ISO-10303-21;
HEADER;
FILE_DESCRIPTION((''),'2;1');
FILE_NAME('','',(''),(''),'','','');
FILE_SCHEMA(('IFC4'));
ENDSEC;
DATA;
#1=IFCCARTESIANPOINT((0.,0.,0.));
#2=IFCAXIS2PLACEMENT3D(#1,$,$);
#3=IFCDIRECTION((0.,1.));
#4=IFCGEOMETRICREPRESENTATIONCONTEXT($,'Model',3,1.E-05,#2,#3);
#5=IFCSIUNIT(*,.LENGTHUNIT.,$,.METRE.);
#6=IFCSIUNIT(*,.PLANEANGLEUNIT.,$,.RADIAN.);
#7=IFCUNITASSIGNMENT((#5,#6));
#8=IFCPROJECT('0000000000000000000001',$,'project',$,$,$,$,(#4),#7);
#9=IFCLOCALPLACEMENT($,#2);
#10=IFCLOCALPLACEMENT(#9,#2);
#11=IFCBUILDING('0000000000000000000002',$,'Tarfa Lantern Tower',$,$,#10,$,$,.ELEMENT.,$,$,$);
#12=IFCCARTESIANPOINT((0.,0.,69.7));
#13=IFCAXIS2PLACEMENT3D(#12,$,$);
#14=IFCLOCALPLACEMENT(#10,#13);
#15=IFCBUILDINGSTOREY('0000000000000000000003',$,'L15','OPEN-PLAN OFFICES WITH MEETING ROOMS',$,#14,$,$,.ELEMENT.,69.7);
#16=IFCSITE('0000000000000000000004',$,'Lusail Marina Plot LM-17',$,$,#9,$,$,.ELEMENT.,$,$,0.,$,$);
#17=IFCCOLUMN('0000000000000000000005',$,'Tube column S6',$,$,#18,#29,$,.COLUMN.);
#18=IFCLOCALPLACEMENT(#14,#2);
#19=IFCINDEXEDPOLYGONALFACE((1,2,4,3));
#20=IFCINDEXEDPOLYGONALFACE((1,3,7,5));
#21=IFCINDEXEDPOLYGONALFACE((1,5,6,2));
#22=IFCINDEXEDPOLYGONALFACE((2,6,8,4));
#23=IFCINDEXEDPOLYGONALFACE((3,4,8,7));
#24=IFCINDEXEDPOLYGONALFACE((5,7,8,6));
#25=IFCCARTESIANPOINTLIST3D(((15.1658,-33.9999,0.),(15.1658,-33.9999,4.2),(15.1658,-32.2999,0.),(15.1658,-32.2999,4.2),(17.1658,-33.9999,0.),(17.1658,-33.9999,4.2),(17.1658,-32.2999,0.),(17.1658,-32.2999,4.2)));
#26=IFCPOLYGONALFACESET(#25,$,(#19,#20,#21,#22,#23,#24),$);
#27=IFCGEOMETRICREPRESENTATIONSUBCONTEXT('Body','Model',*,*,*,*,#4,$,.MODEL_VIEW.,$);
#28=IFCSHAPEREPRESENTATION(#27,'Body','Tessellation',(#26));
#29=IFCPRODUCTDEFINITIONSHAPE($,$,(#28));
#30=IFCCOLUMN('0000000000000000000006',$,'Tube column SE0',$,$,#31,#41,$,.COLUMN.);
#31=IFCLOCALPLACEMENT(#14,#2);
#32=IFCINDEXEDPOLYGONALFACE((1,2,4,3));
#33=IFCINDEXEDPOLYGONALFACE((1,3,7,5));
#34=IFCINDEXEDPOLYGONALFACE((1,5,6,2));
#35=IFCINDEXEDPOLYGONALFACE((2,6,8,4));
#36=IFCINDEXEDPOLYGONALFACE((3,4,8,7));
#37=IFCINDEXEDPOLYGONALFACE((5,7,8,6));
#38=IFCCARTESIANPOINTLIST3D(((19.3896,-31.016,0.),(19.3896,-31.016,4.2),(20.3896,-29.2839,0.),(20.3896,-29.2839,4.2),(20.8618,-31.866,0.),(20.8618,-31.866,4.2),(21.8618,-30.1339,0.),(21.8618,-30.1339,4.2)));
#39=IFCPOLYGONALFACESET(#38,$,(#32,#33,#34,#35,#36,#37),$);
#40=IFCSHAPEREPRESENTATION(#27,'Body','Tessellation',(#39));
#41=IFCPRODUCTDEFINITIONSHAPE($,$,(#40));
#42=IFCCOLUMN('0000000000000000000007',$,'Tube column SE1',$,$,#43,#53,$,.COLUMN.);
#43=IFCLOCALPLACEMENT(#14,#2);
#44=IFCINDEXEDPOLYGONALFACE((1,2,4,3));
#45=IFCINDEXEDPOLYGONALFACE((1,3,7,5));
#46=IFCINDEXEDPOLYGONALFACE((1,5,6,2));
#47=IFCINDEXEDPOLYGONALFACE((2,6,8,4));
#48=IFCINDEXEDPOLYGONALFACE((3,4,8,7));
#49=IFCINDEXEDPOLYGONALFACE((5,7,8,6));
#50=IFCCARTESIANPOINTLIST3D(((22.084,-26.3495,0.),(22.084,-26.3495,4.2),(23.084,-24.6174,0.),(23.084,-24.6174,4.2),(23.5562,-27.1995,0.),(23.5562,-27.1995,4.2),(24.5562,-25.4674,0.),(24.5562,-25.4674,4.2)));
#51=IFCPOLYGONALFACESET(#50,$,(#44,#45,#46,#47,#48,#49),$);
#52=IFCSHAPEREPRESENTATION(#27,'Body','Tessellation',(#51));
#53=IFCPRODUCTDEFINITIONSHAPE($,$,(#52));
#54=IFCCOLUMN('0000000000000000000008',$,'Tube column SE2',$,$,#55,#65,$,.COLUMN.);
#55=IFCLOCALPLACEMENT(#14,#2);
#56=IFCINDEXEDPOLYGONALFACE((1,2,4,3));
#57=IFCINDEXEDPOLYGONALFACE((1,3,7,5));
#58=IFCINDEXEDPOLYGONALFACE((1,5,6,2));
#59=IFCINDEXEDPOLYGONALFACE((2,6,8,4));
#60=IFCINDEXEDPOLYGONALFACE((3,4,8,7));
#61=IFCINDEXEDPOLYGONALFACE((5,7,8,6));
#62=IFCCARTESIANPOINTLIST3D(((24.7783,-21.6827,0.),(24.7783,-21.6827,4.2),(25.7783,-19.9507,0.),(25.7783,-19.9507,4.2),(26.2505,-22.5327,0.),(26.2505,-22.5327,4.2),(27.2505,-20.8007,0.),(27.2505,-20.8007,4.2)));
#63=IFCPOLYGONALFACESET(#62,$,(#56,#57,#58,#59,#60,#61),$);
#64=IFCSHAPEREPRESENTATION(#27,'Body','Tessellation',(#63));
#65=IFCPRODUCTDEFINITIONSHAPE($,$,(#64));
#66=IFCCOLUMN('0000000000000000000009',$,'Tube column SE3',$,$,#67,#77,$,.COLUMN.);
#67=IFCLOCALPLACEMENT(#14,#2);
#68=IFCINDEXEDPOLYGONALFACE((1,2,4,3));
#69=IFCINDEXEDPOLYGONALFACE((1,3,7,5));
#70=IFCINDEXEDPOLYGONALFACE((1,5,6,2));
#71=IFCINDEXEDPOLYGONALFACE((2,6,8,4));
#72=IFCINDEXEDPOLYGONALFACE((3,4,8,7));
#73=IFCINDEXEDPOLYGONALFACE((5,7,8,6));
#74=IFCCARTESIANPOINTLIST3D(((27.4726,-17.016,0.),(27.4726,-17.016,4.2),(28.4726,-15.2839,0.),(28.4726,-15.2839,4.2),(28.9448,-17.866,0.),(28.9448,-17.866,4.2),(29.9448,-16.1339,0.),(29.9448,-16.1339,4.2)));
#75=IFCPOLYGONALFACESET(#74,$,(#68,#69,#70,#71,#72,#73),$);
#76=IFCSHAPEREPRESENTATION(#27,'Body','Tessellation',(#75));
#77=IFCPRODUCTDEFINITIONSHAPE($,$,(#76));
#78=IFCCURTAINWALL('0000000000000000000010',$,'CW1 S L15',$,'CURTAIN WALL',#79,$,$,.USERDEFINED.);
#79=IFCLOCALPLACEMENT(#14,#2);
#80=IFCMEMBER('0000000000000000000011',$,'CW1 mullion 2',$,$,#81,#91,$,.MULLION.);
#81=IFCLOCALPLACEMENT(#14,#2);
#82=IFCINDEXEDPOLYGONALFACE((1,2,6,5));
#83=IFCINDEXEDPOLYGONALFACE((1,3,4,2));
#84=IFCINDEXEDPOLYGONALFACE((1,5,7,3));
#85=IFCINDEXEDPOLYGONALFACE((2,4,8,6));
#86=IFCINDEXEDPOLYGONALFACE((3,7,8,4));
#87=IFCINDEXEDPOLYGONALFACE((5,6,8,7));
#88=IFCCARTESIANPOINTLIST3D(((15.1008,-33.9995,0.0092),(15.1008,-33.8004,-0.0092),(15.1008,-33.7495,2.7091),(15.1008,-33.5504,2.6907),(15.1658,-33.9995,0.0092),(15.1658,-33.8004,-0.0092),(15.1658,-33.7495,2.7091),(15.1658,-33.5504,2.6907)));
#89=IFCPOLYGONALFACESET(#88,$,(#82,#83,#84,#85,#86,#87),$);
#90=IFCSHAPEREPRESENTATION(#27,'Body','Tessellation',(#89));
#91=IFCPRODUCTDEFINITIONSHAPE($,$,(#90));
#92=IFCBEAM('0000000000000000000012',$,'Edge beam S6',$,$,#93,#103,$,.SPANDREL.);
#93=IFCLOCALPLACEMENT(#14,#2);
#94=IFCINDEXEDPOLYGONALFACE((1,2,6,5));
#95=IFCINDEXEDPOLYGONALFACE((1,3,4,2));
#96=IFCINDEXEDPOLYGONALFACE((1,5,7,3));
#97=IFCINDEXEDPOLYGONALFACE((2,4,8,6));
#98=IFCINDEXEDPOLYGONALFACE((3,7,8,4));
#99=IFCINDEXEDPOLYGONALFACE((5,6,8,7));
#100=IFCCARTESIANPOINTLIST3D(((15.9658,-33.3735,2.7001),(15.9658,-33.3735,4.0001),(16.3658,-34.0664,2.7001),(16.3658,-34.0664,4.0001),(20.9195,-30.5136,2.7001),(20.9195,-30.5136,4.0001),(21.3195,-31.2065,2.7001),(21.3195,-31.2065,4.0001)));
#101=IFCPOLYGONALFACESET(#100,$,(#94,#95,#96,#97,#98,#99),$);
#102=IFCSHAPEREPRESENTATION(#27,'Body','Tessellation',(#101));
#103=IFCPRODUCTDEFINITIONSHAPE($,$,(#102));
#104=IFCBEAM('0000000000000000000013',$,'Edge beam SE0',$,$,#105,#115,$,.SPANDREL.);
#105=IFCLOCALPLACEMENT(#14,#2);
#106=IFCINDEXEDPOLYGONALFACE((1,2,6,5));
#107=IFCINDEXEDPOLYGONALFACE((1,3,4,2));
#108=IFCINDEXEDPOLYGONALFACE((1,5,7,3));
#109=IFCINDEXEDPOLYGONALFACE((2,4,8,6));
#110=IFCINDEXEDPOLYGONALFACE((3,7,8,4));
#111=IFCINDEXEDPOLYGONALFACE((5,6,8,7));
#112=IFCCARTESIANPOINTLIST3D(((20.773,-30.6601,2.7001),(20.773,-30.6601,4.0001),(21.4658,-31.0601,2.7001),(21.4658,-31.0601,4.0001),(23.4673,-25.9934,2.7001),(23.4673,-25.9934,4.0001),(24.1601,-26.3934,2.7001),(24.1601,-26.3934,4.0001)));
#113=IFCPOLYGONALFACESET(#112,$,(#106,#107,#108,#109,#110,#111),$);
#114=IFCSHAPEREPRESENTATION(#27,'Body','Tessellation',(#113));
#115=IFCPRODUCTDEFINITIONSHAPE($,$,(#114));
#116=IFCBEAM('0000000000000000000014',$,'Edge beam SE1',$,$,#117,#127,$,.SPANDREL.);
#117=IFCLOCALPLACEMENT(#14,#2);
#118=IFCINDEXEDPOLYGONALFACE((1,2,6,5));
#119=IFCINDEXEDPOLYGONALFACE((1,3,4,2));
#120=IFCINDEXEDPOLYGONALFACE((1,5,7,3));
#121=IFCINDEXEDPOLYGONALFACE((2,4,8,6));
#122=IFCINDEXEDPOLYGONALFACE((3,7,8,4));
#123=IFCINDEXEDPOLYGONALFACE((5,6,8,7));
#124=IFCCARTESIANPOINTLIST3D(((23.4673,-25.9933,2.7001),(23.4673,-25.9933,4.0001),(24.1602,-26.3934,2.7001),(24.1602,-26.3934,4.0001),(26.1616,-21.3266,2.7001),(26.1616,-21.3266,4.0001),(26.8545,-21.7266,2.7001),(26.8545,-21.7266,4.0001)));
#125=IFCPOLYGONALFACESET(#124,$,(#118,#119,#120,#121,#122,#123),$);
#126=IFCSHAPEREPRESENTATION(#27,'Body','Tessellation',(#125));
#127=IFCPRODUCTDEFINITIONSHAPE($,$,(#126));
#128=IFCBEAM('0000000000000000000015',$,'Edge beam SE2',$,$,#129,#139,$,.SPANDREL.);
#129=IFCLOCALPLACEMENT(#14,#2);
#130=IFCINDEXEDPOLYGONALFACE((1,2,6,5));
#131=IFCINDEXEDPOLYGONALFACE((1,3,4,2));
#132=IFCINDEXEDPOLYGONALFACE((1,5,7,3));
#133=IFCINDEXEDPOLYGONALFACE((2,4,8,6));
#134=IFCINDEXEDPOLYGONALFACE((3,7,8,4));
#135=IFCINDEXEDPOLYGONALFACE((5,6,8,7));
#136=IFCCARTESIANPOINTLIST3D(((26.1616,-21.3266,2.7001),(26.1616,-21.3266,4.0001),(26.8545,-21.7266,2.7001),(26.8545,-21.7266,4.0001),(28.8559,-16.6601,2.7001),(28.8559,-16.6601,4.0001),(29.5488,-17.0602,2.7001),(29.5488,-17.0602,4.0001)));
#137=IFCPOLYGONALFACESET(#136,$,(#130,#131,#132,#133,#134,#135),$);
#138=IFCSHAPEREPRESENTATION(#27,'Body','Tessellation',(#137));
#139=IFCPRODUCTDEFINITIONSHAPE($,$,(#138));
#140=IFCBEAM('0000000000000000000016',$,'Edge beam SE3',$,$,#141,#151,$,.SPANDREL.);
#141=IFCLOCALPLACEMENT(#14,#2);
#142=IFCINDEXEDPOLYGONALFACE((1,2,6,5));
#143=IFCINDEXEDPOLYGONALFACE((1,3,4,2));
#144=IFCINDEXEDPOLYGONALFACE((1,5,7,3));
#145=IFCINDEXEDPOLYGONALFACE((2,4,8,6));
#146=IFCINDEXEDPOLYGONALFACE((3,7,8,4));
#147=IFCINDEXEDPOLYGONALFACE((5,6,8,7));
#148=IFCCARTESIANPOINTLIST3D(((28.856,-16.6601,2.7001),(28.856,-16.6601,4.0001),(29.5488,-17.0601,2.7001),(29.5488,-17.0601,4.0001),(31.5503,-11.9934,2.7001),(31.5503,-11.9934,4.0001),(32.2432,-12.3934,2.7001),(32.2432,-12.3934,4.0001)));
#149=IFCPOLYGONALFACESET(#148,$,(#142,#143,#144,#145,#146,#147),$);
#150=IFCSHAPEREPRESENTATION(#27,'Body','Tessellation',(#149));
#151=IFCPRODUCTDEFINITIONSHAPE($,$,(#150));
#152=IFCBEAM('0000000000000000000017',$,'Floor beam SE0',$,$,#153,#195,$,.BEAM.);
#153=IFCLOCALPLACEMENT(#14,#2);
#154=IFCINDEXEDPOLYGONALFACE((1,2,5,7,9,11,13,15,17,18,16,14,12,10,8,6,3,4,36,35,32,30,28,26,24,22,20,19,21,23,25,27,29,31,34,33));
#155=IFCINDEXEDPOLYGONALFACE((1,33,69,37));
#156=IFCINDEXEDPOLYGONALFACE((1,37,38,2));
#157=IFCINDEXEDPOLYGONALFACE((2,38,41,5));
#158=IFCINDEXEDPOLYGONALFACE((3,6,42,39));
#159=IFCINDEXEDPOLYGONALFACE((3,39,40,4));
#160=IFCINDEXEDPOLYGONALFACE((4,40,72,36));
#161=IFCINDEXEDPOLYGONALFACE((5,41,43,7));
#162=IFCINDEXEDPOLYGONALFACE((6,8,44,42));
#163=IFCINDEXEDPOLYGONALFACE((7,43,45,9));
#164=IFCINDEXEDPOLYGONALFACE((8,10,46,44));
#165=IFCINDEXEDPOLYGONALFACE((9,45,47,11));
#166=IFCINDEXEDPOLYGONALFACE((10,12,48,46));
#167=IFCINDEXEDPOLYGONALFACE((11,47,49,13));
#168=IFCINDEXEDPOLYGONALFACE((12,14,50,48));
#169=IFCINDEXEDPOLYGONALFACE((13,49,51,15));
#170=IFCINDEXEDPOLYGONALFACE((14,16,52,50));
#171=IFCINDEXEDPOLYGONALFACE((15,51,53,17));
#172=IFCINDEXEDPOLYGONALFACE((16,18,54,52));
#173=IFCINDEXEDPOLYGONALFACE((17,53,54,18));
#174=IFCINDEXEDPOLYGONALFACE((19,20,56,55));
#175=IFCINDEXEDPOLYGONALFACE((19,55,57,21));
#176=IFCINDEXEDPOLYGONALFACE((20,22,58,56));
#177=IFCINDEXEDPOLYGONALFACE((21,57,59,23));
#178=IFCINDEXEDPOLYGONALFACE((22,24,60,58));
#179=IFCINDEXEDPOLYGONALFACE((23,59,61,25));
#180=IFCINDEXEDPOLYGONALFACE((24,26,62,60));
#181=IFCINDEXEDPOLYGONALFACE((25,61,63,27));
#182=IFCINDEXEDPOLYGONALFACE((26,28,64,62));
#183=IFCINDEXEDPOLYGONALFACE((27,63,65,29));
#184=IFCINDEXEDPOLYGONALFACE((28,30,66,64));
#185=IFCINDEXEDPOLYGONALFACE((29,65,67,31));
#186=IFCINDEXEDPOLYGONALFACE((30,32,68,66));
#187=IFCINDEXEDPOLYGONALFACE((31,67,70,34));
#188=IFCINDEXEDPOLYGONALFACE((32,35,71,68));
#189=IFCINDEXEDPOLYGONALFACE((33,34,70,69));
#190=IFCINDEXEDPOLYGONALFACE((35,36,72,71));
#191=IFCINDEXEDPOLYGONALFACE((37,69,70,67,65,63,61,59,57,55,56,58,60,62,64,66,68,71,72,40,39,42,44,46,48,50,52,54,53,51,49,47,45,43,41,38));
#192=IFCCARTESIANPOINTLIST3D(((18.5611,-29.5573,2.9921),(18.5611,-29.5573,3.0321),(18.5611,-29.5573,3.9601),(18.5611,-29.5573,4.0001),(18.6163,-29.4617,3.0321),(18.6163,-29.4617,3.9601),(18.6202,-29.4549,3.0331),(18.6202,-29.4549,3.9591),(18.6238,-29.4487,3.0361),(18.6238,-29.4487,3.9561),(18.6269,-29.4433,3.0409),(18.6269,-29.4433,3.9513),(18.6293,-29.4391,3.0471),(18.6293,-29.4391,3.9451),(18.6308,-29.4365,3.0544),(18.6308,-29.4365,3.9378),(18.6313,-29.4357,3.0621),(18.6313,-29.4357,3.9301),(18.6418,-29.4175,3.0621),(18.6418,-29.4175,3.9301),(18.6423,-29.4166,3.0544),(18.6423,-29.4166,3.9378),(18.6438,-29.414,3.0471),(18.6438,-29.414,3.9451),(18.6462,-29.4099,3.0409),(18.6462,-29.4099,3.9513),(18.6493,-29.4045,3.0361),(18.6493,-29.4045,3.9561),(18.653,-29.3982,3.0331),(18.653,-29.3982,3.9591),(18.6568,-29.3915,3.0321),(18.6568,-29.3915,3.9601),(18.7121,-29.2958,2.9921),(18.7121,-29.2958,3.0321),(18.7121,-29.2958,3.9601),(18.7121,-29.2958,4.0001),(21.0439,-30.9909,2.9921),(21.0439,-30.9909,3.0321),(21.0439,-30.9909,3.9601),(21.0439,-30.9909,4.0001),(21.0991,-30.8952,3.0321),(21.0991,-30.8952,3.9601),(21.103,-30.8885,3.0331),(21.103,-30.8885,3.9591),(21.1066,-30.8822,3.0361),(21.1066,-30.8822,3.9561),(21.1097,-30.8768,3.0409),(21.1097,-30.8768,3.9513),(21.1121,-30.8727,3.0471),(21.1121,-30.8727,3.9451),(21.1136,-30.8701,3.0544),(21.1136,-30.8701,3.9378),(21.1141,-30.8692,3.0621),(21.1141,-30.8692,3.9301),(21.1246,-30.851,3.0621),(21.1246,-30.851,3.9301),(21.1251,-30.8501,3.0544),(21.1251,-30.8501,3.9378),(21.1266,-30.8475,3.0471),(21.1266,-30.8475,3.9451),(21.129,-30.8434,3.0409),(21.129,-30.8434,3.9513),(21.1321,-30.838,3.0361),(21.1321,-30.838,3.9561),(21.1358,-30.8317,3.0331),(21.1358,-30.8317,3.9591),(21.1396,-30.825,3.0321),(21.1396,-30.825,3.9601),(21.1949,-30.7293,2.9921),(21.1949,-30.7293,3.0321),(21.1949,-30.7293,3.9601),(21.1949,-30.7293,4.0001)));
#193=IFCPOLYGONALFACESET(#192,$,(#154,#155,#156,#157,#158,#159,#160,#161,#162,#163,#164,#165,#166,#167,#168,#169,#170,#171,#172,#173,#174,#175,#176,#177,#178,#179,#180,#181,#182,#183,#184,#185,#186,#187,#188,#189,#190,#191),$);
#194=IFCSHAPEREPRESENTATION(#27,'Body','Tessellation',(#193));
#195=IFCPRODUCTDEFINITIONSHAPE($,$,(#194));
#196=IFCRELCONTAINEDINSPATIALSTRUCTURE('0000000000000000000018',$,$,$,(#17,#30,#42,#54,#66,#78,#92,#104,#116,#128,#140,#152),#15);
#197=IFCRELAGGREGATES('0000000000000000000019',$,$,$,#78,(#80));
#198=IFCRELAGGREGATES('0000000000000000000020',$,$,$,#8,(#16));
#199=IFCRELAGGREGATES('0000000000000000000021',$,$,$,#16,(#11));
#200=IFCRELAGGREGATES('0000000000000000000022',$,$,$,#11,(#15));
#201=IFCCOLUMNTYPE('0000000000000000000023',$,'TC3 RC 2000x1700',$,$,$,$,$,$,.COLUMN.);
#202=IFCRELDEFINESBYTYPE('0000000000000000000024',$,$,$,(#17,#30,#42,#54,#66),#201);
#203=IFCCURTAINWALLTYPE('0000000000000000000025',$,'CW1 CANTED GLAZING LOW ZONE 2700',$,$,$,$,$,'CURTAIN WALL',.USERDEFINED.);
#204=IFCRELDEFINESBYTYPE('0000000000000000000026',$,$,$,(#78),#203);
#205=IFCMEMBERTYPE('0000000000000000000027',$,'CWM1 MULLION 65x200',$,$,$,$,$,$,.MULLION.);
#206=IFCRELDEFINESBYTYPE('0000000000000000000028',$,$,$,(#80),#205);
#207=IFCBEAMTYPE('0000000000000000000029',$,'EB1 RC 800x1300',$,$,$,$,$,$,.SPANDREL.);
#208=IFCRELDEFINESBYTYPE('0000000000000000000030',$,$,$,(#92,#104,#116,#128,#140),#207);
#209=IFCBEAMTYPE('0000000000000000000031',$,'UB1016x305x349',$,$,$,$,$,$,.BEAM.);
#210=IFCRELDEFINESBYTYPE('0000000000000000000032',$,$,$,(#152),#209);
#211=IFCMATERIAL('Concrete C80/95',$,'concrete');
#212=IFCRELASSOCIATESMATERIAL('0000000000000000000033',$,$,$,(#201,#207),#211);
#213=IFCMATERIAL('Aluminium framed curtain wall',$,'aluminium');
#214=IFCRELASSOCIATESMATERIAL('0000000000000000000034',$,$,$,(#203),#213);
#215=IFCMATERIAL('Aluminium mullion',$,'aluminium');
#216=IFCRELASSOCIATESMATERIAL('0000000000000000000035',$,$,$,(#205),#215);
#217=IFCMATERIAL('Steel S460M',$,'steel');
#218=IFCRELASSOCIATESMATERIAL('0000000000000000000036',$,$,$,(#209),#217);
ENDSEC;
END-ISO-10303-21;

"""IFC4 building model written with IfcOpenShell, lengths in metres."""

from ifc_helpers import new_model, si_unit, direction, frame, origin, origin_2d, place, context, subcontext, project, spatial, rectangle, i_section, extrude, material, material_profile, profile_set, type_object, element, aggregate, save


model = new_model("IFC4")

# Units and contexts
model_context = context("Model", 3, precision=1e-05, world=origin(), true_north=direction((0.0, 1.0)))
body_context = subcontext(model_context, "Body", "Model", "MODEL_VIEW")
ifc_project = project(units=[si_unit("LENGTHUNIT", "METRE"), si_unit("PLANEANGLEUNIT", "RADIAN")], contexts=[model_context])

# Site, building, storey
site_placement = place(None, origin())
site = spatial("IfcSite", under=ifc_project, at=site_placement, Name="Lusail Marina Plot LM-17", CompositionType="ELEMENT", RefElevation=0.0)
building_placement = place(site_placement, origin())
building = spatial("IfcBuilding", under=site, at=building_placement, Name="Tarfa Lantern Tower", CompositionType="ELEMENT")
storey_placement = place(building_placement, frame((0.0, 0.0, 69.7)))
storey = spatial("IfcBuildingStorey", under=building, at=storey_placement, Name="L15", Description="OPEN-PLAN OFFICES WITH MEETING ROOMS", CompositionType="ELEMENT", Elevation=69.7)

# Columns
ifc_material_1 = material(Name="Concrete C80/95", Category="concrete")
ifc_material_profile_1 = material_profile(ifc_material_1, rectangle(XDim=2.0, YDim=1.7, at=origin_2d()), Name="RC 2000x1700")
ifc_profile_set_1 = profile_set([ifc_material_profile_1], Name="Concrete C80/95")
column_type = type_object("IfcColumnType", Name="TC3 RC 2000x1700", PredefinedType="COLUMN", material=ifc_profile_set_1)
for number, where, z_axis, x_axis, name in (
    (1, (16.1658, -33.1499, 0.0), (0.0, 0.0, 1.0), (1.0, 0.0, 0.0), "Tube column S6"),
    (2, (20.6257, -30.575, 0.0), (0.0, 0.0, 1.0), (0.5, 0.866025, 0.0), "Tube column SE0"),
    (3, (23.3201, -25.9084, 0.0), (0.0, 0.0, 1.0), (0.5, 0.866025, 0.0), "Tube column SE1"),
    (4, (26.0144, -21.2417, 0.0), (0.0, 0.0, 1.0), (0.5, 0.866025, 0.0), "Tube column SE2"),
    (5, (28.7087, -16.575, 0.0), (0.0, 0.0, 1.0), (0.5, 0.866025, 0.0), "Tube column SE3"),
):
    element("IfcColumn", number, at=place(storey_placement, frame(where, z_axis=z_axis, x_axis=x_axis)), inside=storey, type_object=column_type, Name=name, PredefinedType="COLUMN", context=body_context, shape_type="SweptSolid", body=[
        extrude(rectangle(XDim=2.0, YDim=1.7, at=origin_2d()), origin(), (0.0, 0.0, 1.0), 4.2),
    ])

# Curtain wall, member
ifc_material_2 = material(Name="Aluminium framed curtain wall", Category="aluminium")
curtain_wall_type = type_object("IfcCurtainWallType", Name="CW1 CANTED GLAZING LOW ZONE 2700", ElementType="CURTAIN WALL", PredefinedType="USERDEFINED", material=ifc_material_2)
curtain_wall_placement = place(storey_placement, origin())
curtain_wall = element("IfcCurtainWall", 6, at=curtain_wall_placement, inside=storey, type_object=curtain_wall_type, Name="CW1 S L15", ObjectType="CURTAIN WALL", PredefinedType="USERDEFINED")
ifc_material_3 = material(Name="Aluminium mullion", Category="aluminium")
ifc_material_profile_2 = material_profile(ifc_material_3, rectangle(XDim=0.0649, YDim=0.2, at=origin_2d()), Name="AL MULLION 65x200")
ifc_profile_set_2 = profile_set([ifc_material_profile_2], Name="Aluminium mullion")
member_type = type_object("IfcMemberType", Name="CWM1 MULLION 65x200", PredefinedType="MULLION", material=ifc_profile_set_2)
member_placement = place(storey_placement, frame((15.1333, -33.8999, 0.0), z_axis=(0.0, 0.0922, 0.995741), x_axis=(-1.0, 0.0, 0.0)))
member = element("IfcMember", 7, at=member_placement, type_object=member_type, Name="CW1 mullion 2", PredefinedType="MULLION", context=body_context, shape_type="SweptSolid", body=[
    extrude(rectangle(XDim=0.0649, YDim=0.2, at=origin_2d()), origin(), (0.0, 0.0, 1.0), 2.7114),
])
aggregate(curtain_wall, [member])

# Beams
ifc_material_profile_3 = material_profile(ifc_material_1, rectangle(XDim=0.8, YDim=1.3, at=origin_2d()), Name="RC 800x1300")
ifc_profile_set_3 = profile_set([ifc_material_profile_3], Name="Concrete C80/95")
beam_type_1 = type_object("IfcBeamType", Name="EB1 RC 800x1300", PredefinedType="SPANDREL", material=ifc_profile_set_3)
beam_1_placement = place(storey_placement, frame((16.1658, -33.72, 3.3501), z_axis=(0.866033, 0.499986, 0.0), x_axis=(-0.499986, 0.866033, 0.0)))
element("IfcBeam", 8, at=beam_1_placement, inside=storey, type_object=beam_type_1, Name="Edge beam S6", PredefinedType="SPANDREL", context=body_context, shape_type="SweptSolid", body=[
    extrude(rectangle(XDim=0.8, YDim=1.3, at=origin_2d()), origin(), (0.0, 0.0, 1.0), 5.72),
])
for number, where, z_axis, x_axis, name in (
    (9, (21.1194, -30.8601, 3.3501), (0.499998, 0.866026, 0.0), (-0.866026, 0.499998, 0.0), "Edge beam SE0"),
    (10, (23.8137, -26.1934, 3.3501), (0.499998, 0.866026, 0.0), (-0.866026, 0.499998, 0.0), "Edge beam SE1"),
):
    element("IfcBeam", number, at=place(storey_placement, frame(where, z_axis=z_axis, x_axis=x_axis)), inside=storey, type_object=beam_type_1, Name=name, PredefinedType="SPANDREL", context=body_context, shape_type="SweptSolid", body=[
        extrude(rectangle(XDim=0.8, YDim=1.3, at=origin_2d()), origin(), (0.0, 0.0, 1.0), 5.3887),
    ])
beam_2_placement = place(storey_placement, frame((26.5081, -21.5266, 3.3501), z_axis=(0.500018, 0.866015, 0.0), x_axis=(-0.866015, 0.500018, 0.0)))
element("IfcBeam", 11, at=beam_2_placement, inside=storey, type_object=beam_type_1, Name="Edge beam SE2", PredefinedType="SPANDREL", context=body_context, shape_type="SweptSolid", body=[
    extrude(rectangle(XDim=0.8, YDim=1.3, at=origin_2d()), origin(), (0.0, 0.0, 1.0), 5.3884),
])
beam_3_placement = place(storey_placement, frame((29.2024, -16.8601, 3.3501), z_axis=(0.499998, 0.866026, 0.0), x_axis=(-0.866026, 0.499998, 0.0)))
element("IfcBeam", 12, at=beam_3_placement, inside=storey, type_object=beam_type_1, Name="Edge beam SE3", PredefinedType="SPANDREL", context=body_context, shape_type="SweptSolid", body=[
    extrude(rectangle(XDim=0.8, YDim=1.3, at=origin_2d()), origin(), (0.0, 0.0, 1.0), 5.3887),
])
ifc_material_4 = material(Name="Steel S460M", Category="steel")
ifc_material_profile_4 = material_profile(ifc_material_4, i_section(OverallWidth=0.302, OverallDepth=1.0081, WebThickness=0.021, FlangeThickness=0.04, FilletRadius=0.03, at=origin_2d()), Name="UB1016x305x349")
ifc_profile_set_4 = profile_set([ifc_material_profile_4], Name="Steel S460M")
beam_type_2 = type_object("IfcBeamType", Name="UB1016x305x349", PredefinedType="BEAM", material=ifc_profile_set_4)
beam_4_placement = place(storey_placement, frame((21.1194, -30.8601, 3.4961), z_axis=(-0.866013, 0.500022, 0.0), x_axis=(-0.500022, -0.866013, 0.0)))
element("IfcBeam", 13, at=beam_4_placement, inside=storey, type_object=beam_type_2, Name="Floor beam SE0", PredefinedType="BEAM", context=body_context, shape_type="SweptSolid", body=[
    extrude(i_section(OverallWidth=0.302, OverallDepth=1.0081, WebThickness=0.021, FlangeThickness=0.04, FilletRadius=0.03, at=origin_2d()), origin(), (0.0, 0.0, 1.0), 2.8669),
])

save(model, "model.ifc")
